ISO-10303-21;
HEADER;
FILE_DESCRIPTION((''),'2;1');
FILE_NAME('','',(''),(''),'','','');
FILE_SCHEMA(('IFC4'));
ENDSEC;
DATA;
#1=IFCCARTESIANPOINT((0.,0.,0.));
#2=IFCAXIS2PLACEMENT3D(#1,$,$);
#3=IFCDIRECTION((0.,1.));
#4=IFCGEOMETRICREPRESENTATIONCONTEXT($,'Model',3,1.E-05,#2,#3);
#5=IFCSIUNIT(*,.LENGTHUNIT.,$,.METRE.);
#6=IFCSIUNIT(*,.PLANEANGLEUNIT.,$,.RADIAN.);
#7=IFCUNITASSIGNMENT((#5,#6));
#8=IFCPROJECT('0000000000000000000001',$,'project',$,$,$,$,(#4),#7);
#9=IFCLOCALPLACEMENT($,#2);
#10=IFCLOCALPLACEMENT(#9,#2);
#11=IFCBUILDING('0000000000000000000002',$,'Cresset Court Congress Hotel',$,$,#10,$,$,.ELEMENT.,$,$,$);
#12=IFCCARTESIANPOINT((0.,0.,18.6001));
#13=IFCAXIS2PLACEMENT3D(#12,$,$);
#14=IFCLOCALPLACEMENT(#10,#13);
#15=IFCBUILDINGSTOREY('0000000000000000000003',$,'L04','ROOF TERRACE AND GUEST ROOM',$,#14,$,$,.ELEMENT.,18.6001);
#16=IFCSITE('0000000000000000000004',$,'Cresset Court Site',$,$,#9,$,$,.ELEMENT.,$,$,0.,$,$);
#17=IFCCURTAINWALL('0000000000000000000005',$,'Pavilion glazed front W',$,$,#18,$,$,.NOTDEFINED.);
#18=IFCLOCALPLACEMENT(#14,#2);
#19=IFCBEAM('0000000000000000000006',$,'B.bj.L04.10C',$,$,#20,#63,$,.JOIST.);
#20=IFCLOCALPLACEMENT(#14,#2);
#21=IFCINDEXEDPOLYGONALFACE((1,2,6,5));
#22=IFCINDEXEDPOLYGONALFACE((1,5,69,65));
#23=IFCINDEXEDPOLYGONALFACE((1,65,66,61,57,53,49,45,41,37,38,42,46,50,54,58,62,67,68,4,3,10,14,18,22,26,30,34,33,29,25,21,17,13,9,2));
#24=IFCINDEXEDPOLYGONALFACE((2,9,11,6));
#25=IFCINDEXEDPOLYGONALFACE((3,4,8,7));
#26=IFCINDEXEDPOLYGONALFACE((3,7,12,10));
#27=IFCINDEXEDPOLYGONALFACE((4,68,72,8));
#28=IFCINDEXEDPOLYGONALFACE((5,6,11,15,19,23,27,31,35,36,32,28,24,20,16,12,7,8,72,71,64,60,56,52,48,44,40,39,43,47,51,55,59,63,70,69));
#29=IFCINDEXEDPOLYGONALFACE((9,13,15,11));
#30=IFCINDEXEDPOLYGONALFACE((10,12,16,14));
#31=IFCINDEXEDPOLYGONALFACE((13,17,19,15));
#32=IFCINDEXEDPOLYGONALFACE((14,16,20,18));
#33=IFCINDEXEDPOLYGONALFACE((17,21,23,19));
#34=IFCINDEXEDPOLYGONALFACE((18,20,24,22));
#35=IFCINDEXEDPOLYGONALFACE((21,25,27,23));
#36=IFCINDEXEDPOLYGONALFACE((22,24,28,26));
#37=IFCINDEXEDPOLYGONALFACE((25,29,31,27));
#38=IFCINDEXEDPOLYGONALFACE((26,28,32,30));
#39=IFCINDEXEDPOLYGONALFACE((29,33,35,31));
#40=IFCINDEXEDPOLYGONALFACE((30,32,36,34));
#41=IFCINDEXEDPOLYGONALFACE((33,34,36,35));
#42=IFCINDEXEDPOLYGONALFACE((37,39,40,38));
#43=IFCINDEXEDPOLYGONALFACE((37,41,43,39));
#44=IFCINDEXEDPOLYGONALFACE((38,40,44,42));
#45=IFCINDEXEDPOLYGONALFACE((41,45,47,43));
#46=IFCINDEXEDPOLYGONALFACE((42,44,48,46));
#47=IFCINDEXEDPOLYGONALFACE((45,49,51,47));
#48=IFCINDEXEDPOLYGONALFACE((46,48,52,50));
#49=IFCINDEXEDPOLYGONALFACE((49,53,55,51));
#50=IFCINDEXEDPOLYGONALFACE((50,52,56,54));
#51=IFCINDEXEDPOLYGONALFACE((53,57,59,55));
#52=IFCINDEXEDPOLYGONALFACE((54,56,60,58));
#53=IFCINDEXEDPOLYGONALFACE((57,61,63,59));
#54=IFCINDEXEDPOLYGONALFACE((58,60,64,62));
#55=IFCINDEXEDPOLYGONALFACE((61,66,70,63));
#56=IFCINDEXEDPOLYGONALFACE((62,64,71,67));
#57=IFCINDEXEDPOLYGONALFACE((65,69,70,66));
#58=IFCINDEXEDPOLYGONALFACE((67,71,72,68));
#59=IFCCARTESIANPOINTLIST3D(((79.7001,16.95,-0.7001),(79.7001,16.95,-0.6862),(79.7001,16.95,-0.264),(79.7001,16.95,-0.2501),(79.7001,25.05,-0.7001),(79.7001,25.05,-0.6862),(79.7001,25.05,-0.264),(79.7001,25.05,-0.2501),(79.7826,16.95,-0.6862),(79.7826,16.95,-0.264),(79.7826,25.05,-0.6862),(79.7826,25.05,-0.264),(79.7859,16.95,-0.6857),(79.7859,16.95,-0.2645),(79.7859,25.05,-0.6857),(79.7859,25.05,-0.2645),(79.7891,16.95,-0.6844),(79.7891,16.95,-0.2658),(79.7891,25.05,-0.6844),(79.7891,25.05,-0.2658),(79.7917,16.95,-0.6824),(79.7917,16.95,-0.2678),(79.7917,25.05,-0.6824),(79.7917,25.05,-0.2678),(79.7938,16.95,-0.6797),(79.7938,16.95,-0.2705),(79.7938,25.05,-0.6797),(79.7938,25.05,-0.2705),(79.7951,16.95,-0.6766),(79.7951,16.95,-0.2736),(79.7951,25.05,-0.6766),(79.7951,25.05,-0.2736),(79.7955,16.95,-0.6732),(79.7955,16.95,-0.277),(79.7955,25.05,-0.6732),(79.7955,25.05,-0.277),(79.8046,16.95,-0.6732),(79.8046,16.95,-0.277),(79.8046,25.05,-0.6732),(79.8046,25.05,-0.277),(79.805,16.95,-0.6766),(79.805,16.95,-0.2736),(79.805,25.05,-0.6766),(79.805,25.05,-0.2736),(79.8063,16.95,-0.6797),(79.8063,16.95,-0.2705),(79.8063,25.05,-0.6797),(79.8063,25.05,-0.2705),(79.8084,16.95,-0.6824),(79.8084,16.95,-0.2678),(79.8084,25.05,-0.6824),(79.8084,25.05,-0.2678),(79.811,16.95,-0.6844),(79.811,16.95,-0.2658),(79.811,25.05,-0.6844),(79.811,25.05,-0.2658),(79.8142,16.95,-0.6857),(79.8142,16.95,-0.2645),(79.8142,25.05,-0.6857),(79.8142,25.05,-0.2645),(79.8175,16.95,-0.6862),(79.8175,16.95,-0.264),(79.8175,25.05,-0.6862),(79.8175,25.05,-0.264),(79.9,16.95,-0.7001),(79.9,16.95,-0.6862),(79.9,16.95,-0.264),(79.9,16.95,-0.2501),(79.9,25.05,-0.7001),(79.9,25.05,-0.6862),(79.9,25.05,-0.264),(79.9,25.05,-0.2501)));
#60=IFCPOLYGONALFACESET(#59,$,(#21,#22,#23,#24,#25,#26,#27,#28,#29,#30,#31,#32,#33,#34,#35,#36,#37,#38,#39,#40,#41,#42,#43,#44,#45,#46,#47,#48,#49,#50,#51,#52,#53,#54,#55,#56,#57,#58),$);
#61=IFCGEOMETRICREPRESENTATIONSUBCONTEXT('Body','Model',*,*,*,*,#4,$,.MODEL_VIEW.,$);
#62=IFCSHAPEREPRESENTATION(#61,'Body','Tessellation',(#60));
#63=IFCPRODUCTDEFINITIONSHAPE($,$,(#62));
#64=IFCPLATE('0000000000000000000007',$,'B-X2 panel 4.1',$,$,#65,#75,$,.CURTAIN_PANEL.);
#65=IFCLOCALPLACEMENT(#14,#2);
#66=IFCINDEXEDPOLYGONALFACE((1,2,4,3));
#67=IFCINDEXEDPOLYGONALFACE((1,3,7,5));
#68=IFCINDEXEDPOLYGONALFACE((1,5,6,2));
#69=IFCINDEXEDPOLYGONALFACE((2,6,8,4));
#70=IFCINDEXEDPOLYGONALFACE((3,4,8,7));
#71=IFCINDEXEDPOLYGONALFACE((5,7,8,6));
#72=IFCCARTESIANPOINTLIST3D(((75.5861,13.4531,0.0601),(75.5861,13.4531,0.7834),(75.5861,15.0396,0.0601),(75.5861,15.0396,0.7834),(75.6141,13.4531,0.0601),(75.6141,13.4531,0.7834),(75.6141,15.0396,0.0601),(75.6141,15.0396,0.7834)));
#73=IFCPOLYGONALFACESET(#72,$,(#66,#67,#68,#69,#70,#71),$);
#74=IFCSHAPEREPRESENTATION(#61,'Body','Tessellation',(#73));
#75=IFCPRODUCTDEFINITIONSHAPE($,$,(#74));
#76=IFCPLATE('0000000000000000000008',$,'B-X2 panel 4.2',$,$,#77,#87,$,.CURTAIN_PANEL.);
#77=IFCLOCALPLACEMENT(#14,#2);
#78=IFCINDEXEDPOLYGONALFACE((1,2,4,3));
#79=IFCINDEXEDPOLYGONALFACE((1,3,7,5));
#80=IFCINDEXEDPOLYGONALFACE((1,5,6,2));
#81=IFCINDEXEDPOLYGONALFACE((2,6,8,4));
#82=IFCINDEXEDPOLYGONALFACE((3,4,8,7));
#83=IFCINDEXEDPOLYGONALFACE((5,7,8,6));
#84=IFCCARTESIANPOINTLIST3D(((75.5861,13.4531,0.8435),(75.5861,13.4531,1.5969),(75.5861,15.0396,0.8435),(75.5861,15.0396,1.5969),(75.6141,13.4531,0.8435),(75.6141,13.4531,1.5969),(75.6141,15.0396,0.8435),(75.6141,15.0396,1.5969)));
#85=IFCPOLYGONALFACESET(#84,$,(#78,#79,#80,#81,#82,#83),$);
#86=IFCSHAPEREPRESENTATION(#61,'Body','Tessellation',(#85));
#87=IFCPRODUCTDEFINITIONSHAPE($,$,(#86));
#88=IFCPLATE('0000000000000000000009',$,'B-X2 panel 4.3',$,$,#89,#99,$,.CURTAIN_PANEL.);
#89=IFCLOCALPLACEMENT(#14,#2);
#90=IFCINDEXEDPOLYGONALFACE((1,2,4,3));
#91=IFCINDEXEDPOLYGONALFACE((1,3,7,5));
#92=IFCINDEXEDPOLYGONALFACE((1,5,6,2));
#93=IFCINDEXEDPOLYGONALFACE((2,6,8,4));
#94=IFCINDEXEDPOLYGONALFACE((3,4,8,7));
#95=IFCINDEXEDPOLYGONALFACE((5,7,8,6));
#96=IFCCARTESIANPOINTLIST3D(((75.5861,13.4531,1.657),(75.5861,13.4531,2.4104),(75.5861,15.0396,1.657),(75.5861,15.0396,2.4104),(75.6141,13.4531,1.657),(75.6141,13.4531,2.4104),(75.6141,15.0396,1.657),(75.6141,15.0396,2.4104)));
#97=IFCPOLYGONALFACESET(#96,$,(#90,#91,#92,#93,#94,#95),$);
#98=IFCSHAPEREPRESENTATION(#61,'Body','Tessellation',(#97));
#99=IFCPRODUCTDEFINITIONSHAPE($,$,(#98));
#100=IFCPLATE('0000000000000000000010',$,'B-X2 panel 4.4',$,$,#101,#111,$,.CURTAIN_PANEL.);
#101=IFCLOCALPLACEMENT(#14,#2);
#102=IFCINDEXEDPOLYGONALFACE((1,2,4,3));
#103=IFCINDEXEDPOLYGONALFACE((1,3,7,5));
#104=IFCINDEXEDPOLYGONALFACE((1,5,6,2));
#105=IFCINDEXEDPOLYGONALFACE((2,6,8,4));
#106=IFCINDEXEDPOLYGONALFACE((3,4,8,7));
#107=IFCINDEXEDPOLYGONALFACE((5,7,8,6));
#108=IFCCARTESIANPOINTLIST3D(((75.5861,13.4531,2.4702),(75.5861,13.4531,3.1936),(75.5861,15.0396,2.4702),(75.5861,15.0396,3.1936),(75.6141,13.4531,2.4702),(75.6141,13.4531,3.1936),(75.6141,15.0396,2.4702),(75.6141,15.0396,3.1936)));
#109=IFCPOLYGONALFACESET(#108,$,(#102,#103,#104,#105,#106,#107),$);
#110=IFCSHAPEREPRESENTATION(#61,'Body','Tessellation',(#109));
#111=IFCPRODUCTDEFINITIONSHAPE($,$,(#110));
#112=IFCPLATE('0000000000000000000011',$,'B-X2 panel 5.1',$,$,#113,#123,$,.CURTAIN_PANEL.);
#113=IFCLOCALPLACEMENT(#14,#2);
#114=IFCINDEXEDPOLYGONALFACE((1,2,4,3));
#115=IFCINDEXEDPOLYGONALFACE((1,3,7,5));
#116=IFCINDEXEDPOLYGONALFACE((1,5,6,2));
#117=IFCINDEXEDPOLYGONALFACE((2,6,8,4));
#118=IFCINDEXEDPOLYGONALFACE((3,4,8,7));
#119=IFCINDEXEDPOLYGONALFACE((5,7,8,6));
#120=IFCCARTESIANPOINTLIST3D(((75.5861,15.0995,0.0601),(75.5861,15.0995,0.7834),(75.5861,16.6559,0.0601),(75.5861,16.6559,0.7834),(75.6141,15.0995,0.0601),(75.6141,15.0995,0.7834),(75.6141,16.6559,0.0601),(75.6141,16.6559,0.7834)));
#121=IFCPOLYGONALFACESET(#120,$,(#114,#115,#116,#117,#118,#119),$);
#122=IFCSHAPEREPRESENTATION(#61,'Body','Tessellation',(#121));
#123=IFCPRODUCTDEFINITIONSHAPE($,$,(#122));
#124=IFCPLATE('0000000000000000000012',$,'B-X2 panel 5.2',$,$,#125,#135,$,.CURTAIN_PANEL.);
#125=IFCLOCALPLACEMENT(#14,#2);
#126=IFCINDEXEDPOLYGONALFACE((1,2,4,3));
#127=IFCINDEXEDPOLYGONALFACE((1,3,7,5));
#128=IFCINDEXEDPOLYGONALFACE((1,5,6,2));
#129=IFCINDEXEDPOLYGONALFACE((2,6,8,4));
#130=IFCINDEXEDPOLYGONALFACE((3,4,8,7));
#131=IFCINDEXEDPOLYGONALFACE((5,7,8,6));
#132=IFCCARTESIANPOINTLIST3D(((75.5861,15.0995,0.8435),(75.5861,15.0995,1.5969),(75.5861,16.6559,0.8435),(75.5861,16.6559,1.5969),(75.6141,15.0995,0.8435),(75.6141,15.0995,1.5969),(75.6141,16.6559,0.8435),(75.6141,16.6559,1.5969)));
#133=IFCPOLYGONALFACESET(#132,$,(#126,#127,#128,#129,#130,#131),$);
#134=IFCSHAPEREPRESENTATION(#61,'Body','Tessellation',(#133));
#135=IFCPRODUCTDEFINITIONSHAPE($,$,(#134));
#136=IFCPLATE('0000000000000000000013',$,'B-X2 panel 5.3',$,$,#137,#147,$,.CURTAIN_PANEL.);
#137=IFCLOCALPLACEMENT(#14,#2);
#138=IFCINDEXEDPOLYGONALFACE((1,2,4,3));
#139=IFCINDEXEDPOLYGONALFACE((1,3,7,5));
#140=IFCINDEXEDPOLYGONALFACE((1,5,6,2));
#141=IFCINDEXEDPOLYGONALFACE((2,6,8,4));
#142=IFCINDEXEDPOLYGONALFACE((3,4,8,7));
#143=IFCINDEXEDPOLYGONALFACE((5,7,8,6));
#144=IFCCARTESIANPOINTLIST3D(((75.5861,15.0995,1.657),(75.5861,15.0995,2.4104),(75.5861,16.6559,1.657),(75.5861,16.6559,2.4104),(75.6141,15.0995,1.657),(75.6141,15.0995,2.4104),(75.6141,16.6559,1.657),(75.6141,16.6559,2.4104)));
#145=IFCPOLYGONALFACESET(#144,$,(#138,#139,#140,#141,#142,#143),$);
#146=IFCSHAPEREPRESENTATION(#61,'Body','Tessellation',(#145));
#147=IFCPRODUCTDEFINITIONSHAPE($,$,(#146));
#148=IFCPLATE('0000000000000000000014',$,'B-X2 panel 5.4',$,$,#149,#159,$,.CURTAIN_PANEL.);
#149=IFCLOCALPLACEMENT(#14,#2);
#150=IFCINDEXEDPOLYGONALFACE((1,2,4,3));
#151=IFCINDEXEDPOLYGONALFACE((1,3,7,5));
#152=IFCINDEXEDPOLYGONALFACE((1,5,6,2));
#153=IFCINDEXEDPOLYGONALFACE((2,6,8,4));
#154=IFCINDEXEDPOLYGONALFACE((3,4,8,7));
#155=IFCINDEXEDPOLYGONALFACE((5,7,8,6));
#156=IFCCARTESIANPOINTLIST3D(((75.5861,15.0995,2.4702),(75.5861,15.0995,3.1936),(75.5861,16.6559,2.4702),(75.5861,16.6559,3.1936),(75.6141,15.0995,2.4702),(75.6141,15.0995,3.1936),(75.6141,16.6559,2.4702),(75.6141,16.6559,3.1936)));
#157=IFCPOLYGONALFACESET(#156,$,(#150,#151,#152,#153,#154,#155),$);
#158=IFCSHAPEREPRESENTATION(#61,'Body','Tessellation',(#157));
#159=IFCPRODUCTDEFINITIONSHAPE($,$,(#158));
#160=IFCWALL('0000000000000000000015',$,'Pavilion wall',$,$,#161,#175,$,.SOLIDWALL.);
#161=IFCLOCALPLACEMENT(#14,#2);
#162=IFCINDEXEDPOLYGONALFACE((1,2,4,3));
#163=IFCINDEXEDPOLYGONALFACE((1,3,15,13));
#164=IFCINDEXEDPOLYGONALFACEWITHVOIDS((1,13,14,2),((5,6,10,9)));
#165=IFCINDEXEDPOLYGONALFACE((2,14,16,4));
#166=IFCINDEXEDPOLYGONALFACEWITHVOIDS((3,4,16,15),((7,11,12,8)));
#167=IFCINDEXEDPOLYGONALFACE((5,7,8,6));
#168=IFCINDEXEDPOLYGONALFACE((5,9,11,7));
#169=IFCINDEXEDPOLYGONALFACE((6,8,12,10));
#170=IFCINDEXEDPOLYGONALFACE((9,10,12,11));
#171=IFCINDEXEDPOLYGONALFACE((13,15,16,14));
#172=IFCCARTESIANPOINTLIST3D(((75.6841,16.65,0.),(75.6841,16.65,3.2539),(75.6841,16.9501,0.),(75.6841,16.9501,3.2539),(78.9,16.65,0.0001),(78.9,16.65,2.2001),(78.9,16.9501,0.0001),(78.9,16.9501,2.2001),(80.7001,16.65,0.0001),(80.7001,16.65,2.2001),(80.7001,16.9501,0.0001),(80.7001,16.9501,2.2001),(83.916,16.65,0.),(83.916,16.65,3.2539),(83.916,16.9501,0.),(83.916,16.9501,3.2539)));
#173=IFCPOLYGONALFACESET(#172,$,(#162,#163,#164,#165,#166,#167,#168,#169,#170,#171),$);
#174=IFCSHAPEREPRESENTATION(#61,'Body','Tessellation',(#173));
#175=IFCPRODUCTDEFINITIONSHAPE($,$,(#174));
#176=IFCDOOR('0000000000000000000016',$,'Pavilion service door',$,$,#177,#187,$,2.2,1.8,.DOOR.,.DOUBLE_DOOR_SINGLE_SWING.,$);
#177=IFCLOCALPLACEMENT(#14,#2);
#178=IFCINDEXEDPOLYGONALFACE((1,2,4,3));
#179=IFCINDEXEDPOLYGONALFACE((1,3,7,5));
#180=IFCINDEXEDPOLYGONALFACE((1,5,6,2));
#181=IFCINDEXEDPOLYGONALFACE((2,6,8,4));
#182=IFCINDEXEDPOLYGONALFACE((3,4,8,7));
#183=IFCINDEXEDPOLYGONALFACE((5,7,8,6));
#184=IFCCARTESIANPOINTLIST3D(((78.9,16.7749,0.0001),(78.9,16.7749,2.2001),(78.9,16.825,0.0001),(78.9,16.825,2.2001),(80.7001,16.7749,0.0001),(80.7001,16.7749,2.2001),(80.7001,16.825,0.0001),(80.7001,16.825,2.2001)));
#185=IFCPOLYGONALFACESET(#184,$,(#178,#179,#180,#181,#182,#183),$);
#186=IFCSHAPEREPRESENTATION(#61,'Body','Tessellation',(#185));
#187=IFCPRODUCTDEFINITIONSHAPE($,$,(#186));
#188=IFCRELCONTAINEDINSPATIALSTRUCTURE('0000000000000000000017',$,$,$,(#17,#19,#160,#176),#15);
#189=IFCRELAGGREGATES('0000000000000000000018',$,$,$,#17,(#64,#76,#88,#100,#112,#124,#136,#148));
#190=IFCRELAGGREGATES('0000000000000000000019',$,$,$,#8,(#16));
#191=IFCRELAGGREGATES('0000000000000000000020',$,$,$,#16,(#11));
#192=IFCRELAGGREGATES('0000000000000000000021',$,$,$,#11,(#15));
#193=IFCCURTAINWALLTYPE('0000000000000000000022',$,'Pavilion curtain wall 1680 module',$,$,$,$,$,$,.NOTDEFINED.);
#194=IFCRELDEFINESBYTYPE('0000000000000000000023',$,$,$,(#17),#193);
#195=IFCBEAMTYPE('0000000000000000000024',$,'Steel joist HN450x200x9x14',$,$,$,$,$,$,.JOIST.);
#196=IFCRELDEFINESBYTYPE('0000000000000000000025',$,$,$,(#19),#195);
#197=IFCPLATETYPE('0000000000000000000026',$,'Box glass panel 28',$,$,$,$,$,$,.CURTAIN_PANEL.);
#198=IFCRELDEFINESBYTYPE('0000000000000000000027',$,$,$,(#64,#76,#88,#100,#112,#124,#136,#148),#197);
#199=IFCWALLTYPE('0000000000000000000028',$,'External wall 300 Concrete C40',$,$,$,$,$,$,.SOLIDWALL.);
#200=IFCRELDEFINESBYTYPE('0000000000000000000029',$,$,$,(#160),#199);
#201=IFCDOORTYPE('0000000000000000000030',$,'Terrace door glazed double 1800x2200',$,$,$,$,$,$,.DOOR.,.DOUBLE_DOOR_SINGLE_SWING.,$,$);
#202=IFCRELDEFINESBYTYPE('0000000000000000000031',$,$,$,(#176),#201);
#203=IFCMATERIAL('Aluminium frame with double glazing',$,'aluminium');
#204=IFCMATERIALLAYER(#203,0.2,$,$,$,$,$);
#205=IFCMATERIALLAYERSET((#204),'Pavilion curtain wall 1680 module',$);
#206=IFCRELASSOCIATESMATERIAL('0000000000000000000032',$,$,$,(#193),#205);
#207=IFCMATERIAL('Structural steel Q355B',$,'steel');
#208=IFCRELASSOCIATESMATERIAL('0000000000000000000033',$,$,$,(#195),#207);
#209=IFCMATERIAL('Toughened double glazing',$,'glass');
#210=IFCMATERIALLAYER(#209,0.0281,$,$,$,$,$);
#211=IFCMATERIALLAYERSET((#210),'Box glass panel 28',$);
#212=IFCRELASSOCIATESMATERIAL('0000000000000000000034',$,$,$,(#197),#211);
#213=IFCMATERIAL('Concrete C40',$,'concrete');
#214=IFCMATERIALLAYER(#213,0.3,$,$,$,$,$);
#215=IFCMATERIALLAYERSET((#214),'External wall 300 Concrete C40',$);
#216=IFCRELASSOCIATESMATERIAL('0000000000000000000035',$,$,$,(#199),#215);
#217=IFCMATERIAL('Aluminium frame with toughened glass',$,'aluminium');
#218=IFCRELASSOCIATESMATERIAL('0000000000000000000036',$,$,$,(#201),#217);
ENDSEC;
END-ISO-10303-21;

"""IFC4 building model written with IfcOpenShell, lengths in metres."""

from ifc_helpers import new_model, si_unit, direction, frame, frame_2d, origin, origin_2d, place, context, subcontext, project, spatial, rectangle, i_section, extrude, material, layer, layer_set, material_profile, profile_set, type_object, element, fill, aggregate, save


model = new_model("IFC4")

# Units and contexts
model_context = context("Model", 3, precision=1e-05, world=origin(), true_north=direction((0.0, 1.0)))
body_context = subcontext(model_context, "Body", "Model", "MODEL_VIEW")
ifc_project = project(units=[si_unit("LENGTHUNIT", "METRE"), si_unit("PLANEANGLEUNIT", "RADIAN")], contexts=[model_context])

# Site, building, storey
site_placement = place(None, origin())
site = spatial("IfcSite", under=ifc_project, at=site_placement, Name="Cresset Court Site", CompositionType="ELEMENT", RefElevation=0.0)
building_placement = place(site_placement, origin())
building = spatial("IfcBuilding", under=site, at=building_placement, Name="Cresset Court Congress Hotel", CompositionType="ELEMENT")
storey_placement = place(building_placement, frame((0.0, 0.0, 18.6001)))
storey = spatial("IfcBuildingStorey", under=building, at=storey_placement, Name="L04", Description="ROOF TERRACE AND GUEST ROOM", CompositionType="ELEMENT", Elevation=18.6001)

# Curtain wall
ifc_material_1 = material(Name="Aluminium frame with double glazing", Category="aluminium")
ifc_layer_1 = layer(ifc_material_1, 0.2)
ifc_layer_set_1 = layer_set([ifc_layer_1], Name="Pavilion curtain wall 1680 module")
curtain_wall_type = type_object("IfcCurtainWallType", Name="Pavilion curtain wall 1680 module", PredefinedType="NOTDEFINED", material=ifc_layer_set_1)
curtain_wall_placement = place(storey_placement, origin())
curtain_wall = element("IfcCurtainWall", 1, at=curtain_wall_placement, inside=storey, type_object=curtain_wall_type, Name="Pavilion glazed front W", PredefinedType="NOTDEFINED")

# Beam
ifc_material_2 = material(Name="Structural steel Q355B", Category="steel")
ifc_material_profile_1 = material_profile(ifc_material_2, i_section(OverallWidth=0.2, OverallDepth=0.45, WebThickness=0.009, FlangeThickness=0.0139, FilletRadius=0.0129, at=origin_2d()), Name="HN450x200x9x14")
ifc_profile_set_1 = profile_set([ifc_material_profile_1], Name="Structural steel Q355B")
beam_type_1 = type_object("IfcBeamType", Name="Steel joist HN450x200x9x14", PredefinedType="JOIST", material=ifc_profile_set_1)
beam_1_placement = place(storey_placement, frame((79.8, 16.95, -0.4751), z_axis=(0.0, 1.0, 0.0), x_axis=(-1.0, 0.0, 0.0)))
element("IfcBeam", 2, at=beam_1_placement, inside=storey, type_object=beam_type_1, Name="B.bj.L04.10C", PredefinedType="JOIST", context=body_context, shape_type="SweptSolid", body=[
    extrude(i_section(OverallWidth=0.2, OverallDepth=0.45, WebThickness=0.009, FlangeThickness=0.0139, FilletRadius=0.0129, at=origin_2d()), origin(), (0.0, 0.0, 1.0), 8.1001),
])

# Plates
ifc_material_3 = material(Name="Toughened double glazing", Category="glass")
ifc_layer_2 = layer(ifc_material_3, 0.0281)
ifc_layer_set_2 = layer_set([ifc_layer_2], Name="Box glass panel 28")
plate_type = type_object("IfcPlateType", Name="Box glass panel 28", PredefinedType="CURTAIN_PANEL", material=ifc_layer_set_2)
plate_1_placement = place(storey_placement, frame((75.6001, 14.2463, 0.0601), z_axis=(0.0, 0.0, 1.0), x_axis=(0.0, 1.0, 0.0)))
plate_1 = element("IfcPlate", 3, at=plate_1_placement, type_object=plate_type, Name="B-X2 panel 4.1", PredefinedType="CURTAIN_PANEL", context=body_context, shape_type="SweptSolid", body=[
    extrude(rectangle(XDim=1.5864, YDim=0.0281, at=origin_2d()), origin(), (0.0, 0.0, 1.0), 0.7234),
])
plate_2_placement = place(storey_placement, frame((75.6001, 14.2463, 0.8435), z_axis=(0.0, 0.0, 1.0), x_axis=(0.0, 1.0, 0.0)))
plate_2 = element("IfcPlate", 4, at=plate_2_placement, type_object=plate_type, Name="B-X2 panel 4.2", PredefinedType="CURTAIN_PANEL", context=body_context, shape_type="SweptSolid", body=[
    extrude(rectangle(XDim=1.5864, YDim=0.0281, at=origin_2d()), origin(), (0.0, 0.0, 1.0), 0.7534),
])
plate_3_placement = place(storey_placement, frame((75.6001, 14.2463, 1.657), z_axis=(0.0, 0.0, 1.0), x_axis=(0.0, 1.0, 0.0)))
plate_3 = element("IfcPlate", 5, at=plate_3_placement, type_object=plate_type, Name="B-X2 panel 4.3", PredefinedType="CURTAIN_PANEL", context=body_context, shape_type="SweptSolid", body=[
    extrude(rectangle(XDim=1.5864, YDim=0.0281, at=origin_2d()), origin(), (0.0, 0.0, 1.0), 0.7534),
])
plate_4_placement = place(storey_placement, frame((75.6001, 14.2463, 2.4702), z_axis=(0.0, 0.0, 1.0), x_axis=(0.0, 1.0, 0.0)))
plate_4 = element("IfcPlate", 6, at=plate_4_placement, type_object=plate_type, Name="B-X2 panel 4.4", PredefinedType="CURTAIN_PANEL", context=body_context, shape_type="SweptSolid", body=[
    extrude(rectangle(XDim=1.5864, YDim=0.0281, at=origin_2d()), origin(), (0.0, 0.0, 1.0), 0.7234),
])
plate_5_placement = place(storey_placement, frame((75.6001, 15.8777, 0.0601), z_axis=(0.0, 0.0, 1.0), x_axis=(0.0, 1.0, 0.0)))
plate_5 = element("IfcPlate", 7, at=plate_5_placement, type_object=plate_type, Name="B-X2 panel 5.1", PredefinedType="CURTAIN_PANEL", context=body_context, shape_type="SweptSolid", body=[
    extrude(rectangle(XDim=1.5564, YDim=0.0281, at=origin_2d()), origin(), (0.0, 0.0, 1.0), 0.7234),
])
plate_6_placement = place(storey_placement, frame((75.6001, 15.8777, 0.8435), z_axis=(0.0, 0.0, 1.0), x_axis=(0.0, 1.0, 0.0)))
plate_6 = element("IfcPlate", 8, at=plate_6_placement, type_object=plate_type, Name="B-X2 panel 5.2", PredefinedType="CURTAIN_PANEL", context=body_context, shape_type="SweptSolid", body=[
    extrude(rectangle(XDim=1.5564, YDim=0.0281, at=origin_2d()), origin(), (0.0, 0.0, 1.0), 0.7534),
])
plate_7_placement = place(storey_placement, frame((75.6001, 15.8777, 1.657), z_axis=(0.0, 0.0, 1.0), x_axis=(0.0, 1.0, 0.0)))
plate_7 = element("IfcPlate", 9, at=plate_7_placement, type_object=plate_type, Name="B-X2 panel 5.3", PredefinedType="CURTAIN_PANEL", context=body_context, shape_type="SweptSolid", body=[
    extrude(rectangle(XDim=1.5564, YDim=0.0281, at=origin_2d()), origin(), (0.0, 0.0, 1.0), 0.7534),
])
plate_8_placement = place(storey_placement, frame((75.6001, 15.8777, 2.4702), z_axis=(0.0, 0.0, 1.0), x_axis=(0.0, 1.0, 0.0)))
plate_8 = element("IfcPlate", 10, at=plate_8_placement, type_object=plate_type, Name="B-X2 panel 5.4", PredefinedType="CURTAIN_PANEL", context=body_context, shape_type="SweptSolid", body=[
    extrude(rectangle(XDim=1.5564, YDim=0.0281, at=origin_2d()), origin(), (0.0, 0.0, 1.0), 0.7234),
])
aggregate(curtain_wall, [plate_1, plate_2, plate_3, plate_4, plate_5, plate_6, plate_7, plate_8])

# Wall, opening, door
ifc_material_4 = material(Name="Concrete C40", Category="concrete")
ifc_layer_3 = layer(ifc_material_4, 0.3)
ifc_layer_set_3 = layer_set([ifc_layer_3], Name="External wall 300 Concrete C40")
wall_type_1 = type_object("IfcWallType", Name="External wall 300 Concrete C40", PredefinedType="SOLIDWALL", material=ifc_layer_set_3)
wall_1_placement = place(storey_placement, frame((75.6841, 16.8, 0.0), z_axis=(0.0, 0.0, 1.0), x_axis=(1.0, 0.0, 0.0)))
wall_1 = element("IfcWall", 11, at=wall_1_placement, inside=storey, type_object=wall_type_1, Name="Pavilion wall", PredefinedType="SOLIDWALL", context=body_context, shape_type="SweptSolid", body=[
    extrude(rectangle(XDim=8.2319, YDim=0.3, at=frame_2d((4.116, 0.0))), origin(), (0.0, 0.0, 1.0), 3.2539),
])
opening_1_placement = place(wall_1_placement, frame((3.2161, 0.0, 0.0)))
opening_1 = element("IfcOpeningElement", 12, at=opening_1_placement, cuts=wall_1, PredefinedType="OPENING", context=body_context, shape_type="SweptSolid", body=[
    extrude(rectangle(XDim=1.8, YDim=2.2, at=frame_2d((0.8999, 1.1001))), frame((0.0, 0.1599, 0.0), z_axis=(0.0, -1.0, 0.0), x_axis=(1.0, 0.0, 0.0)), (0.0, 0.0, 1.0), 0.3201),
])
ifc_material_5 = material(Name="Aluminium frame with toughened glass", Category="aluminium")
door_type_1 = type_object("IfcDoorType", Name="Terrace door glazed double 1800x2200", OperationType="DOUBLE_DOOR_SINGLE_SWING", PredefinedType="DOOR", material=ifc_material_5)
door_1_placement = place(opening_1_placement, origin())
door_1 = element("IfcDoor", 13, at=door_1_placement, inside=storey, type_object=door_type_1, Name="Pavilion service door", OperationType="DOUBLE_DOOR_SINGLE_SWING", OverallHeight=2.2, OverallWidth=1.8, PredefinedType="DOOR", context=body_context, shape_type="SweptSolid", body=[
    extrude(rectangle(XDim=1.8, YDim=2.2, at=frame_2d((0.8999, 1.1001))), frame((0.0, 0.0249, 0.0), z_axis=(0.0, -1.0, 0.0), x_axis=(1.0, 0.0, 0.0)), (0.0, 0.0, 1.0), 0.05),
])
fill(opening_1, door_1)

save(model, "model.ifc")
